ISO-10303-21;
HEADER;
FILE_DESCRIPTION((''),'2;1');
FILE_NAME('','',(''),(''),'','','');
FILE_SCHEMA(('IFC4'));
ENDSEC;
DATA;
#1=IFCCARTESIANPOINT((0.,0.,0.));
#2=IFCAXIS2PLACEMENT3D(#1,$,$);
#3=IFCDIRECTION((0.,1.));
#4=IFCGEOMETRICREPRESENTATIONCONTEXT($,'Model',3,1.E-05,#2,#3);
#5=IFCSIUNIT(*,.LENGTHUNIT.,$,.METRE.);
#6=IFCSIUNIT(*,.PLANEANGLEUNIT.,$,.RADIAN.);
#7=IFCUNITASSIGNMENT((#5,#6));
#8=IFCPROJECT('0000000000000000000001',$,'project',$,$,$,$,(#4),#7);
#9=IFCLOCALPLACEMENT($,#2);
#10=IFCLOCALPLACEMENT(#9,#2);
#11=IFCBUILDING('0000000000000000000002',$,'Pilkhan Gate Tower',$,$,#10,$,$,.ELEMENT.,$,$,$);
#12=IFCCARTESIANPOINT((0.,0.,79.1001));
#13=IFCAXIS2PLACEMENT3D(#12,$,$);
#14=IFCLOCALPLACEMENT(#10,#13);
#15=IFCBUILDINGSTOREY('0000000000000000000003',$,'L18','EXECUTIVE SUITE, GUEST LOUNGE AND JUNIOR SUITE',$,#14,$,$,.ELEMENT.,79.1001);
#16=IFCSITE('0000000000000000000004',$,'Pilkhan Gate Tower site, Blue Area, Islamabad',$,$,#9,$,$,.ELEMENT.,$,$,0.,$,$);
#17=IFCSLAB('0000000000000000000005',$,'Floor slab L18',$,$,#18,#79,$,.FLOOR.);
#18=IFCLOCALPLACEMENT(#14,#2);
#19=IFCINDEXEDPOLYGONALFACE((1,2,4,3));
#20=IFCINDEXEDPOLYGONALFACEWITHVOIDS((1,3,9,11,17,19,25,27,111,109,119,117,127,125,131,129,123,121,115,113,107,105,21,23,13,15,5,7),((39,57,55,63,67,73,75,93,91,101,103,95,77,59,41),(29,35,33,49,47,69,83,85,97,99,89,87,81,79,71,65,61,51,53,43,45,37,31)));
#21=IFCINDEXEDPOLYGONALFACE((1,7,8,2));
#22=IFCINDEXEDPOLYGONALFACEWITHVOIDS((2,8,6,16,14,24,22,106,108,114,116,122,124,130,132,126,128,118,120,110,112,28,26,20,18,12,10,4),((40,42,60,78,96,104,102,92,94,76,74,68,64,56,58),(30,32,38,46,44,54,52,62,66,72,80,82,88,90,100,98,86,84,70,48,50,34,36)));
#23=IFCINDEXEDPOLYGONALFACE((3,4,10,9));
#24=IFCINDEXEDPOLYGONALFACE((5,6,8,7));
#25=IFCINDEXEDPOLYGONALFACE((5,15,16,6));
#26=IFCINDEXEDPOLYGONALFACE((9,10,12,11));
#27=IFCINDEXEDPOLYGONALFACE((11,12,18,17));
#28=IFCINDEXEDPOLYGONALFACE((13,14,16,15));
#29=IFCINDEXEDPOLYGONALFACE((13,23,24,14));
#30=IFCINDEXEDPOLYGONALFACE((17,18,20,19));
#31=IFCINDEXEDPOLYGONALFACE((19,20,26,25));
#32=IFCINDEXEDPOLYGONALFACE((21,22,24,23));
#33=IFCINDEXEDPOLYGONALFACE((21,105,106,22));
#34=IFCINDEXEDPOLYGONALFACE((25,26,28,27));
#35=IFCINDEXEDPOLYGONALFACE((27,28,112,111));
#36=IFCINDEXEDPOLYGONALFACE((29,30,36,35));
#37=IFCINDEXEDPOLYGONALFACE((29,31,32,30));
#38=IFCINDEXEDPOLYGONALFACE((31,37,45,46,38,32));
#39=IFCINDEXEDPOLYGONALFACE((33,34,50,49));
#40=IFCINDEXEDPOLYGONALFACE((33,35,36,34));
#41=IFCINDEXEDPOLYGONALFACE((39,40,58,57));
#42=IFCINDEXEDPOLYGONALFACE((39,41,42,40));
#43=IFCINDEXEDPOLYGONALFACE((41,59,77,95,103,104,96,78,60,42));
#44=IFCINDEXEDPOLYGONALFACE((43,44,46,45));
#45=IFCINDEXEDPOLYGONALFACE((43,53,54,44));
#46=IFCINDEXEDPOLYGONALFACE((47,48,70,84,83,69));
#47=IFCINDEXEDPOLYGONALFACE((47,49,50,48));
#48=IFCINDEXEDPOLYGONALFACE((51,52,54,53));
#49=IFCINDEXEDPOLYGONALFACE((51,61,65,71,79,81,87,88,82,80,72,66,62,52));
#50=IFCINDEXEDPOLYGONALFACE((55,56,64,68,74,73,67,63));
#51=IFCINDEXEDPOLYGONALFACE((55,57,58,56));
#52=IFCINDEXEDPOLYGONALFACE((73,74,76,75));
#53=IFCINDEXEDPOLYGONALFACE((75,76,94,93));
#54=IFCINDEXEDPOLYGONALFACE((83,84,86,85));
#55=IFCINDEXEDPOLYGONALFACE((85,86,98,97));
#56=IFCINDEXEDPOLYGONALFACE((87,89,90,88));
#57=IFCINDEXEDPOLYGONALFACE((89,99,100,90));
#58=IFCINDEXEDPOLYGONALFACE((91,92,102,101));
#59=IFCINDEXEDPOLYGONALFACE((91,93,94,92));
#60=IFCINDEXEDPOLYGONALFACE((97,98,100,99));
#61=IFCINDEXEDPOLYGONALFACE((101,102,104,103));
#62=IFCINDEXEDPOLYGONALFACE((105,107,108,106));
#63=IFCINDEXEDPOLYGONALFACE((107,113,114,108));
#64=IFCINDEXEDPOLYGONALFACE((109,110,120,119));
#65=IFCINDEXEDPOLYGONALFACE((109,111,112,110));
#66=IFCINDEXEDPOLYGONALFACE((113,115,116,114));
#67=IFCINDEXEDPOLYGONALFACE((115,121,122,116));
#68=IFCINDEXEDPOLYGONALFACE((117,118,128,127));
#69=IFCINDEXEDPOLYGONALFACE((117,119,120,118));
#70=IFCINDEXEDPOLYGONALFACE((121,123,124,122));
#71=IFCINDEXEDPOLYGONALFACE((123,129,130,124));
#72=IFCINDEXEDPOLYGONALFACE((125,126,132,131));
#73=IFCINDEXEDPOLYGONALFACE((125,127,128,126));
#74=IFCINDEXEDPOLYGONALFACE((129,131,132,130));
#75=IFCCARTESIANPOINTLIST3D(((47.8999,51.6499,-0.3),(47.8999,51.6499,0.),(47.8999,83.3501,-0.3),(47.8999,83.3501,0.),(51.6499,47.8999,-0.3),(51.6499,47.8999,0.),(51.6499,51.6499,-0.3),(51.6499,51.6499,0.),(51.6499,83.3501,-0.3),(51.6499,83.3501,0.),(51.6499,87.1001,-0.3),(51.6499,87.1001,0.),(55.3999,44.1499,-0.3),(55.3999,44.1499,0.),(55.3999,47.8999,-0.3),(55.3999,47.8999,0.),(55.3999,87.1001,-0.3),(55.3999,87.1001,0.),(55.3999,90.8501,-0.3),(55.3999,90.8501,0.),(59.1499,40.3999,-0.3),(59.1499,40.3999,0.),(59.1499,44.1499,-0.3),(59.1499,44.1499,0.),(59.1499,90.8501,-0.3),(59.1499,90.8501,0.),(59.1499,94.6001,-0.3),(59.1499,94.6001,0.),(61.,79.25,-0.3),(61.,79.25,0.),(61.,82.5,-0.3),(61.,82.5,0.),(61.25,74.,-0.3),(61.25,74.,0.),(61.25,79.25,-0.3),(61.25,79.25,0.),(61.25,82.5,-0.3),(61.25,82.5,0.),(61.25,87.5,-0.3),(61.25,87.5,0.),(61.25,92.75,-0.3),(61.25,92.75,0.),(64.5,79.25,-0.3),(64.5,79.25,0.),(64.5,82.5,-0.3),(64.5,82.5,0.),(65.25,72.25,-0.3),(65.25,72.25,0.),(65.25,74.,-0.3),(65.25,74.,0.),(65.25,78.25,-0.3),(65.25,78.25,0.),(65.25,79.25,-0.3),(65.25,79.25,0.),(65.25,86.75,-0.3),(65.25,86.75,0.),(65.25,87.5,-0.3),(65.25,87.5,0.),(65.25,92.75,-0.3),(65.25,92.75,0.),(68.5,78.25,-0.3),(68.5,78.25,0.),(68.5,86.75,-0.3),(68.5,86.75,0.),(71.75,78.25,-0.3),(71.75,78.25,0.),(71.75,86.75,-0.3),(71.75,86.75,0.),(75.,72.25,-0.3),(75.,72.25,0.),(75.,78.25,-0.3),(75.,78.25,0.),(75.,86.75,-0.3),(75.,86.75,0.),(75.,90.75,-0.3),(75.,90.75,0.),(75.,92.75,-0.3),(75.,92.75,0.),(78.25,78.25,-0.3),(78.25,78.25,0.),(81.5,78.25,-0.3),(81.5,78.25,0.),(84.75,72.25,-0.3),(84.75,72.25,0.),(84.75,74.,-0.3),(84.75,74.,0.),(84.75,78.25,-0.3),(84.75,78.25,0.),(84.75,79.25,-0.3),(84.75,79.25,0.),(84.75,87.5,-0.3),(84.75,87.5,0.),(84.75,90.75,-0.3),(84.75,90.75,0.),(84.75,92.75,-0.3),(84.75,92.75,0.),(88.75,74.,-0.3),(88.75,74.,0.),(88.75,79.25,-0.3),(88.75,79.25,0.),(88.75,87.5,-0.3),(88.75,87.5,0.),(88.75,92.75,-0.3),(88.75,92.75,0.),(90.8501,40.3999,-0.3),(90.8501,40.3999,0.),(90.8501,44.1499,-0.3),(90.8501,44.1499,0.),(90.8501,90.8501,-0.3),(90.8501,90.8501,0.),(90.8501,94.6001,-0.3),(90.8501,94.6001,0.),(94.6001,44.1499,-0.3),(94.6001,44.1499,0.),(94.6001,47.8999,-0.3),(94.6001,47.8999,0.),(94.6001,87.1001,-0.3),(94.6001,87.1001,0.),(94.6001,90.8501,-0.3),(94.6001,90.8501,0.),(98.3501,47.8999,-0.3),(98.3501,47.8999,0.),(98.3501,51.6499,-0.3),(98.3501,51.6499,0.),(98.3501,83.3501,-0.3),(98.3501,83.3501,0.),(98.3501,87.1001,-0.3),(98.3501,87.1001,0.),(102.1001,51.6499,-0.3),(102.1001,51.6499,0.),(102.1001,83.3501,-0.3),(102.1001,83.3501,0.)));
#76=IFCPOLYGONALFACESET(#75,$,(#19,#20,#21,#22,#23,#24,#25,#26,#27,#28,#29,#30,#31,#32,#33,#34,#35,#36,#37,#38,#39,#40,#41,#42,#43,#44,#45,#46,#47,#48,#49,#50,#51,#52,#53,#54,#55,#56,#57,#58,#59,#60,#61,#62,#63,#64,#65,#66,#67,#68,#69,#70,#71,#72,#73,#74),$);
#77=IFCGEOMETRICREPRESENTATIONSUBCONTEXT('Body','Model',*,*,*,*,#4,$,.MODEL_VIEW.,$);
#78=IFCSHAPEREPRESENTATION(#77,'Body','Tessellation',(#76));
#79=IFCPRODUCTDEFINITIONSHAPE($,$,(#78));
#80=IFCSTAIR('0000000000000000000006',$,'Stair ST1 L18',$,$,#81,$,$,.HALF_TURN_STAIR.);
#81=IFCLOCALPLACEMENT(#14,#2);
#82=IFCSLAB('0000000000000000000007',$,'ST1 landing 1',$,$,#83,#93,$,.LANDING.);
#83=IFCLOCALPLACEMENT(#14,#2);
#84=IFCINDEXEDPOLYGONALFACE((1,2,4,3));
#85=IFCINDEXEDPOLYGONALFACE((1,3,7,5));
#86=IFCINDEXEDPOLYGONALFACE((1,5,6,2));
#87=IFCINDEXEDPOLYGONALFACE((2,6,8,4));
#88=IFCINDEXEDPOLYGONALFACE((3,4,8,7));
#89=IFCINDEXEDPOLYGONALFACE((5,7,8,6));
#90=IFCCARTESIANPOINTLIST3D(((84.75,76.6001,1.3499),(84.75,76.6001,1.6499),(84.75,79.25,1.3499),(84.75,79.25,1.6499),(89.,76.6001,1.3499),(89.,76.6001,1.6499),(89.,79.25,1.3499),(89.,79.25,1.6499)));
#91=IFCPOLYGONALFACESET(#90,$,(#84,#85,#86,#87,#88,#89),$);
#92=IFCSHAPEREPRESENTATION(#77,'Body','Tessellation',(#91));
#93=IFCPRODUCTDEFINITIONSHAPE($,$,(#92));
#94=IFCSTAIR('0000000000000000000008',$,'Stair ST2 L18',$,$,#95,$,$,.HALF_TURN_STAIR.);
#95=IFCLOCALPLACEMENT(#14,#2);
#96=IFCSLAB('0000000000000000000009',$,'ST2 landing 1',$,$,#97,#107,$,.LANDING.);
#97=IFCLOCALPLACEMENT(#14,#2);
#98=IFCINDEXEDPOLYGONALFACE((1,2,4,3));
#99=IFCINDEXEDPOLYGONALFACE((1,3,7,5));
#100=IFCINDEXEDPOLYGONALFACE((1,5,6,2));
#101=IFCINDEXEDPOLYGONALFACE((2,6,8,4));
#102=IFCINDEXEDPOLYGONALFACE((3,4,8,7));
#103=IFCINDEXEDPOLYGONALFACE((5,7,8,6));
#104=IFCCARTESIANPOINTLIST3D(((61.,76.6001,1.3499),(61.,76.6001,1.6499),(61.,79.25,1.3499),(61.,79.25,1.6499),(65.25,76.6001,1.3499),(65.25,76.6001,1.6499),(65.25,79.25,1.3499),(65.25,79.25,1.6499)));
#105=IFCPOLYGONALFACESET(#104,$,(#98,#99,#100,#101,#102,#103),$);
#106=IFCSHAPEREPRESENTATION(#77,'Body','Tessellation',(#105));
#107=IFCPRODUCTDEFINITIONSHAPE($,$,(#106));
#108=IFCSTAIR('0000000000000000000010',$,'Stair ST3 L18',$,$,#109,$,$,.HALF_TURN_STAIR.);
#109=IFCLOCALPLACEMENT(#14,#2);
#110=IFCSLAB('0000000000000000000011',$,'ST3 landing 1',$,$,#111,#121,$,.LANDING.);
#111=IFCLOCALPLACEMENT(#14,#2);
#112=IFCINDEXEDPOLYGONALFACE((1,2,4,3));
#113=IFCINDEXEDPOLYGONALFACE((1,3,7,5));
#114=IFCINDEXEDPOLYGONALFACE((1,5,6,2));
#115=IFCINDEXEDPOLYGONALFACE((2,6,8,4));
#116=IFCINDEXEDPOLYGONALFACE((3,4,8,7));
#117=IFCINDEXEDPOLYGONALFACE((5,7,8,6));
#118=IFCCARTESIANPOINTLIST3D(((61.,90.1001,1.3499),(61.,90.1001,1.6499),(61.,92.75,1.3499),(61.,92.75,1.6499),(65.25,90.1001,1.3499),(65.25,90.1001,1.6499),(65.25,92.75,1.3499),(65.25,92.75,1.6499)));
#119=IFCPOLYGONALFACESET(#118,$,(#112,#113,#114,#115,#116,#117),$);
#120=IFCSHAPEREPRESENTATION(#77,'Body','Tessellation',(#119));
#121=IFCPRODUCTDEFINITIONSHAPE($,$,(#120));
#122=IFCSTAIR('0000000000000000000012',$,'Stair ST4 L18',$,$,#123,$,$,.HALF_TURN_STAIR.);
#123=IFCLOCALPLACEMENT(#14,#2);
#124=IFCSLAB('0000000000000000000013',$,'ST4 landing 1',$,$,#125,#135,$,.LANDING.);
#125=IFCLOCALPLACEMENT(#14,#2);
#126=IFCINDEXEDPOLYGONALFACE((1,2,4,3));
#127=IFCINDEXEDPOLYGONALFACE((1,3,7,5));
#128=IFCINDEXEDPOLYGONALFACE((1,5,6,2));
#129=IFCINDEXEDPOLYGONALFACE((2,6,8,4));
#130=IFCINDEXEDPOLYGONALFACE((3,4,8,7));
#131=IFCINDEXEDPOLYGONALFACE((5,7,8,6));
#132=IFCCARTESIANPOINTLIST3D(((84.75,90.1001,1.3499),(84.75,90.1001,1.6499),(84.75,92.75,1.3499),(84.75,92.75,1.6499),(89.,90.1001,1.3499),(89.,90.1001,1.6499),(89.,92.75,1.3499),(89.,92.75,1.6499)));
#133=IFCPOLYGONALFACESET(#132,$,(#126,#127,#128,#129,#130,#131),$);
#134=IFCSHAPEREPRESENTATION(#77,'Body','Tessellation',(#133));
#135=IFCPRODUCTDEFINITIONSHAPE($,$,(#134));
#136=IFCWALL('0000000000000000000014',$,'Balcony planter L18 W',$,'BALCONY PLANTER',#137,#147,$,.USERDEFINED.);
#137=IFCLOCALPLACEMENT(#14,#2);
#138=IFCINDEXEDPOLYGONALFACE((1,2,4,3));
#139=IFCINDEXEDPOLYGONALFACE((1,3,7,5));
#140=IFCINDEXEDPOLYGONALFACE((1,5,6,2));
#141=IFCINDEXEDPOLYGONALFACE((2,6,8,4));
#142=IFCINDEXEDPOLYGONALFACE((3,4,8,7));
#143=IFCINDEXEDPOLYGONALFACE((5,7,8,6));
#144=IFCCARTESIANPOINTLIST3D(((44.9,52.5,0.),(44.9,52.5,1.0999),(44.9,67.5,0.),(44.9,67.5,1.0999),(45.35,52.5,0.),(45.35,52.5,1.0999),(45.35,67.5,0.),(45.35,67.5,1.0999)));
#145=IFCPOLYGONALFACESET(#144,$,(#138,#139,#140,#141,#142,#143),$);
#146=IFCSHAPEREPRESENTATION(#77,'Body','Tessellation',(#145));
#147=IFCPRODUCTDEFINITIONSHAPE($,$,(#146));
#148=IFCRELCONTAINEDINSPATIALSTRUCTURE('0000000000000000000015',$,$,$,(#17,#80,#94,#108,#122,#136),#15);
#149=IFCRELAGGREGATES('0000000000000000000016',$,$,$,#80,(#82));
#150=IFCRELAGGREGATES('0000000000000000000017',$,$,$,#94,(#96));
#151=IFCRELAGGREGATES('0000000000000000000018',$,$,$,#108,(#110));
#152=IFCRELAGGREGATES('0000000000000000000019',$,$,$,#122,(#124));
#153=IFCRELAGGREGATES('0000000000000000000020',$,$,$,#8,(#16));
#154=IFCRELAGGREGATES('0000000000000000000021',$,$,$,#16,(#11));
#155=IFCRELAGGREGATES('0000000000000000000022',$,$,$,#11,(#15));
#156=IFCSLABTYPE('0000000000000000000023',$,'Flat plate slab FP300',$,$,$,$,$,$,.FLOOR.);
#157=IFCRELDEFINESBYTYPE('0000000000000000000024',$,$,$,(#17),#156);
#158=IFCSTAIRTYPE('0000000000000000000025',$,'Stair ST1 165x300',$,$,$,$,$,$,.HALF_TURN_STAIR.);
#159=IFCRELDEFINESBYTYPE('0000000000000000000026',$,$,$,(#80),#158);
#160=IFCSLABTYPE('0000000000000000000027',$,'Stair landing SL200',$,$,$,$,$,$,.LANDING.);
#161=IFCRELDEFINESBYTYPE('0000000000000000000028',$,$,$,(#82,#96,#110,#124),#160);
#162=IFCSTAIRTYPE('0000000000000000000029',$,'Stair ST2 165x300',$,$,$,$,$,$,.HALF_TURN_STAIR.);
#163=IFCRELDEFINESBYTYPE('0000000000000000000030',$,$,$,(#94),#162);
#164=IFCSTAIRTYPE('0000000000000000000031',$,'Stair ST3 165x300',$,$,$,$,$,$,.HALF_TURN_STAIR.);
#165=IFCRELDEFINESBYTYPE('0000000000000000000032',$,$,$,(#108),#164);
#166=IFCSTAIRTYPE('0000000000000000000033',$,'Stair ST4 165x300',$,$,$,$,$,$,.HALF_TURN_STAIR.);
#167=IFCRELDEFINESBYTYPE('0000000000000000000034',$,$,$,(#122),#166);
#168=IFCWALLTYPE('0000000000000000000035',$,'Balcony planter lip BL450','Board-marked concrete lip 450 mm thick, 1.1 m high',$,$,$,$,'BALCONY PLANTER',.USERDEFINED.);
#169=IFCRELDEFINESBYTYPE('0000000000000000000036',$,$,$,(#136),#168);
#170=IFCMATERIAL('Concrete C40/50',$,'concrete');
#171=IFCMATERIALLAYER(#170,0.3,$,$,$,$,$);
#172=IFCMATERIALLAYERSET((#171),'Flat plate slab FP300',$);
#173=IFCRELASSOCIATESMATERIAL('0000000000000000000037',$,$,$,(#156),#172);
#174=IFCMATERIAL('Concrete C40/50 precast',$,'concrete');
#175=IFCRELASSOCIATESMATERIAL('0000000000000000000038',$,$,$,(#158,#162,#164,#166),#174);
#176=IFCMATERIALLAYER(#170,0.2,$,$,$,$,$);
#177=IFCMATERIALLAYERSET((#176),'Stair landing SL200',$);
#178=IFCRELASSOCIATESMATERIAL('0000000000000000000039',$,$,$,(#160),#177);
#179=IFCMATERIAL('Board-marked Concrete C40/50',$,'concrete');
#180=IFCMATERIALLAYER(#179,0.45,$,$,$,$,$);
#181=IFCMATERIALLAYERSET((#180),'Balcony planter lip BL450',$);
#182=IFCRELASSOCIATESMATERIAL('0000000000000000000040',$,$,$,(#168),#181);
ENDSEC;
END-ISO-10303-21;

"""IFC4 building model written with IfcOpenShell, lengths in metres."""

from ifc_helpers import new_model, si_unit, direction, frame, frame_2d, origin, place, context, subcontext, project, spatial, polyline, rectangle, outline, extrude, material, layer, layer_set, type_object, element, aggregate, save


model = new_model("IFC4")

# Units and contexts
model_context = context("Model", 3, precision=1e-05, world=origin(), true_north=direction((0.0, 1.0)))
body_context = subcontext(model_context, "Body", "Model", "MODEL_VIEW")
ifc_project = project(units=[si_unit("LENGTHUNIT", "METRE"), si_unit("PLANEANGLEUNIT", "RADIAN")], contexts=[model_context])

# Site, building, storey
site_placement = place(None, origin())
site = spatial("IfcSite", under=ifc_project, at=site_placement, Name="Pilkhan Gate Tower site, Blue Area, Islamabad", CompositionType="ELEMENT", RefElevation=0.0)
building_placement = place(site_placement, origin())
building = spatial("IfcBuilding", under=site, at=building_placement, Name="Pilkhan Gate Tower", CompositionType="ELEMENT")
storey_placement = place(building_placement, frame((0.0, 0.0, 79.1001)))
storey = spatial("IfcBuildingStorey", under=building, at=storey_placement, Name="L18", Description="EXECUTIVE SUITE, GUEST LOUNGE AND JUNIOR SUITE", CompositionType="ELEMENT", Elevation=79.1001)

# Slab
ifc_material_1 = material(Name="Concrete C40/50", Category="concrete")
ifc_layer_1 = layer(ifc_material_1, 0.3)
ifc_layer_set_1 = layer_set([ifc_layer_1], Name="Flat plate slab FP300")
slab_type_1 = type_object("IfcSlabType", Name="Flat plate slab FP300", PredefinedType="FLOOR", material=ifc_layer_set_1)
slab_1_placement = place(storey_placement, frame((0.0, 0.0, -0.3)))
element("IfcSlab", 1, at=slab_1_placement, inside=storey, type_object=slab_type_1, Name="Floor slab L18", PredefinedType="FLOOR", context=body_context, shape_type="SweptSolid", body=[
    extrude(outline(polyline([(98.3501, 47.8999), (94.6001, 47.8999), (94.6001, 44.1499), (90.8501, 44.1499), (90.8501, 40.3999), (59.1499, 40.3999), (59.1499, 44.1499), (55.3999, 44.1499), (55.3999, 47.8999), (51.6499, 47.8999), (51.6499, 51.6499), (47.8999, 51.6499), (47.8999, 83.3501), (51.6499, 83.3501), (51.6499, 87.1001), (55.3999, 87.1001), (55.3999, 90.8501), (59.1499, 90.8501), (59.1499, 94.6001), (90.8501, 94.6001), (90.8501, 90.8501), (94.6001, 90.8501), (94.6001, 87.1001), (98.3501, 87.1001), (98.3501, 83.3501), (102.1001, 83.3501), (102.1001, 51.6499), (98.3501, 51.6499), (98.3501, 47.8999)]), holes=[polyline([(65.25, 87.5), (65.25, 86.75), (68.5, 86.75), (71.75, 86.75), (75.0, 86.75), (75.0, 90.75), (84.75, 90.75), (84.75, 87.5), (88.75, 87.5), (88.75, 92.75), (84.75, 92.75), (75.0, 92.75), (65.25, 92.75), (61.25, 92.75), (61.25, 87.5), (65.25, 87.5)]), polyline([(75.0, 72.25), (84.75, 72.25), (84.75, 74.0), (88.75, 74.0), (88.75, 79.25), (84.75, 79.25), (84.75, 78.25), (81.5, 78.25), (78.25, 78.25), (75.0, 78.25), (71.75, 78.25), (68.5, 78.25), (65.25, 78.25), (65.25, 79.25), (64.5, 79.25), (64.5, 82.5), (61.25, 82.5), (61.0, 82.5), (61.0, 79.25), (61.25, 79.25), (61.25, 74.0), (65.25, 74.0), (65.25, 72.25), (75.0, 72.25)])]), origin(), (0.0, 0.0, 1.0), 0.3),
])

# Stairs, slabs
ifc_material_2 = material(Name="Concrete C40/50 precast", Category="concrete")
stair_type_1 = type_object("IfcStairType", Name="Stair ST1 165x300", PredefinedType="HALF_TURN_STAIR", material=ifc_material_2)
stair_1_placement = place(storey_placement, origin())
stair_1 = element("IfcStair", 2, at=stair_1_placement, inside=storey, type_object=stair_type_1, Name="Stair ST1 L18", PredefinedType="HALF_TURN_STAIR")
ifc_layer_2 = layer(ifc_material_1, 0.2)
ifc_layer_set_2 = layer_set([ifc_layer_2], Name="Stair landing SL200")
slab_type_2 = type_object("IfcSlabType", Name="Stair landing SL200", PredefinedType="LANDING", material=ifc_layer_set_2)
slab_2_placement = place(storey_placement, frame((0.0, 0.0, 1.3499)))
slab_2 = element("IfcSlab", 3, at=slab_2_placement, type_object=slab_type_2, Name="ST1 landing 1", PredefinedType="LANDING", context=body_context, shape_type="SweptSolid", body=[
    extrude(outline(polyline([(89.0, 76.6001), (89.0, 79.25), (84.75, 79.25), (84.75, 76.6001), (89.0, 76.6001)])), origin(), (0.0, 0.0, 1.0), 0.3),
])
aggregate(stair_1, [slab_2])
stair_type_2 = type_object("IfcStairType", Name="Stair ST2 165x300", PredefinedType="HALF_TURN_STAIR", material=ifc_material_2)
stair_2_placement = place(storey_placement, origin())
stair_2 = element("IfcStair", 4, at=stair_2_placement, inside=storey, type_object=stair_type_2, Name="Stair ST2 L18", PredefinedType="HALF_TURN_STAIR")
slab_3_placement = place(storey_placement, frame((0.0, 0.0, 1.3499)))
slab_3 = element("IfcSlab", 5, at=slab_3_placement, type_object=slab_type_2, Name="ST2 landing 1", PredefinedType="LANDING", context=body_context, shape_type="SweptSolid", body=[
    extrude(outline(polyline([(65.25, 76.6001), (65.25, 79.25), (61.0, 79.25), (61.0, 76.6001), (65.25, 76.6001)])), origin(), (0.0, 0.0, 1.0), 0.3),
])
aggregate(stair_2, [slab_3])
stair_type_3 = type_object("IfcStairType", Name="Stair ST3 165x300", PredefinedType="HALF_TURN_STAIR", material=ifc_material_2)
stair_3_placement = place(storey_placement, origin())
stair_3 = element("IfcStair", 6, at=stair_3_placement, inside=storey, type_object=stair_type_3, Name="Stair ST3 L18", PredefinedType="HALF_TURN_STAIR")
slab_4_placement = place(storey_placement, frame((0.0, 0.0, 1.3499)))
slab_4 = element("IfcSlab", 7, at=slab_4_placement, type_object=slab_type_2, Name="ST3 landing 1", PredefinedType="LANDING", context=body_context, shape_type="SweptSolid", body=[
    extrude(outline(polyline([(65.25, 90.1001), (65.25, 92.75), (61.0, 92.75), (61.0, 90.1001), (65.25, 90.1001)])), origin(), (0.0, 0.0, 1.0), 0.3),
])
aggregate(stair_3, [slab_4])
stair_type_4 = type_object("IfcStairType", Name="Stair ST4 165x300", PredefinedType="HALF_TURN_STAIR", material=ifc_material_2)
stair_4_placement = place(storey_placement, origin())
stair_4 = element("IfcStair", 8, at=stair_4_placement, inside=storey, type_object=stair_type_4, Name="Stair ST4 L18", PredefinedType="HALF_TURN_STAIR")
slab_5_placement = place(storey_placement, frame((0.0, 0.0, 1.3499)))
slab_5 = element("IfcSlab", 9, at=slab_5_placement, type_object=slab_type_2, Name="ST4 landing 1", PredefinedType="LANDING", context=body_context, shape_type="SweptSolid", body=[
    extrude(outline(polyline([(89.0, 90.1001), (89.0, 92.75), (84.75, 92.75), (84.75, 90.1001), (89.0, 90.1001)])), origin(), (0.0, 0.0, 1.0), 0.3),
])
aggregate(stair_4, [slab_5])

# Wall
ifc_material_3 = material(Name="Board-marked Concrete C40/50", Category="concrete")
ifc_layer_3 = layer(ifc_material_3, 0.45)
ifc_layer_set_3 = layer_set([ifc_layer_3], Name="Balcony planter lip BL450")
wall_type = type_object("IfcWallType", Name="Balcony planter lip BL450", Description="Board-marked concrete lip 450 mm thick, 1.1 m high", ElementType="BALCONY PLANTER", PredefinedType="USERDEFINED", material=ifc_layer_set_3)
wall_placement = place(storey_placement, frame((45.125, 52.5, 0.0), z_axis=(0.0, 0.0, 1.0), x_axis=(0.0, 1.0, 0.0)))
element("IfcWall", 10, at=wall_placement, inside=storey, type_object=wall_type, Name="Balcony planter L18 W", ObjectType="BALCONY PLANTER", PredefinedType="USERDEFINED", context=body_context, shape_type="SweptSolid", body=[
    extrude(rectangle(XDim=15.0, YDim=0.45, at=frame_2d((7.5, 0.0))), origin(), (0.0, 0.0, 1.0), 1.0999),
])

save(model, "model.ifc")
